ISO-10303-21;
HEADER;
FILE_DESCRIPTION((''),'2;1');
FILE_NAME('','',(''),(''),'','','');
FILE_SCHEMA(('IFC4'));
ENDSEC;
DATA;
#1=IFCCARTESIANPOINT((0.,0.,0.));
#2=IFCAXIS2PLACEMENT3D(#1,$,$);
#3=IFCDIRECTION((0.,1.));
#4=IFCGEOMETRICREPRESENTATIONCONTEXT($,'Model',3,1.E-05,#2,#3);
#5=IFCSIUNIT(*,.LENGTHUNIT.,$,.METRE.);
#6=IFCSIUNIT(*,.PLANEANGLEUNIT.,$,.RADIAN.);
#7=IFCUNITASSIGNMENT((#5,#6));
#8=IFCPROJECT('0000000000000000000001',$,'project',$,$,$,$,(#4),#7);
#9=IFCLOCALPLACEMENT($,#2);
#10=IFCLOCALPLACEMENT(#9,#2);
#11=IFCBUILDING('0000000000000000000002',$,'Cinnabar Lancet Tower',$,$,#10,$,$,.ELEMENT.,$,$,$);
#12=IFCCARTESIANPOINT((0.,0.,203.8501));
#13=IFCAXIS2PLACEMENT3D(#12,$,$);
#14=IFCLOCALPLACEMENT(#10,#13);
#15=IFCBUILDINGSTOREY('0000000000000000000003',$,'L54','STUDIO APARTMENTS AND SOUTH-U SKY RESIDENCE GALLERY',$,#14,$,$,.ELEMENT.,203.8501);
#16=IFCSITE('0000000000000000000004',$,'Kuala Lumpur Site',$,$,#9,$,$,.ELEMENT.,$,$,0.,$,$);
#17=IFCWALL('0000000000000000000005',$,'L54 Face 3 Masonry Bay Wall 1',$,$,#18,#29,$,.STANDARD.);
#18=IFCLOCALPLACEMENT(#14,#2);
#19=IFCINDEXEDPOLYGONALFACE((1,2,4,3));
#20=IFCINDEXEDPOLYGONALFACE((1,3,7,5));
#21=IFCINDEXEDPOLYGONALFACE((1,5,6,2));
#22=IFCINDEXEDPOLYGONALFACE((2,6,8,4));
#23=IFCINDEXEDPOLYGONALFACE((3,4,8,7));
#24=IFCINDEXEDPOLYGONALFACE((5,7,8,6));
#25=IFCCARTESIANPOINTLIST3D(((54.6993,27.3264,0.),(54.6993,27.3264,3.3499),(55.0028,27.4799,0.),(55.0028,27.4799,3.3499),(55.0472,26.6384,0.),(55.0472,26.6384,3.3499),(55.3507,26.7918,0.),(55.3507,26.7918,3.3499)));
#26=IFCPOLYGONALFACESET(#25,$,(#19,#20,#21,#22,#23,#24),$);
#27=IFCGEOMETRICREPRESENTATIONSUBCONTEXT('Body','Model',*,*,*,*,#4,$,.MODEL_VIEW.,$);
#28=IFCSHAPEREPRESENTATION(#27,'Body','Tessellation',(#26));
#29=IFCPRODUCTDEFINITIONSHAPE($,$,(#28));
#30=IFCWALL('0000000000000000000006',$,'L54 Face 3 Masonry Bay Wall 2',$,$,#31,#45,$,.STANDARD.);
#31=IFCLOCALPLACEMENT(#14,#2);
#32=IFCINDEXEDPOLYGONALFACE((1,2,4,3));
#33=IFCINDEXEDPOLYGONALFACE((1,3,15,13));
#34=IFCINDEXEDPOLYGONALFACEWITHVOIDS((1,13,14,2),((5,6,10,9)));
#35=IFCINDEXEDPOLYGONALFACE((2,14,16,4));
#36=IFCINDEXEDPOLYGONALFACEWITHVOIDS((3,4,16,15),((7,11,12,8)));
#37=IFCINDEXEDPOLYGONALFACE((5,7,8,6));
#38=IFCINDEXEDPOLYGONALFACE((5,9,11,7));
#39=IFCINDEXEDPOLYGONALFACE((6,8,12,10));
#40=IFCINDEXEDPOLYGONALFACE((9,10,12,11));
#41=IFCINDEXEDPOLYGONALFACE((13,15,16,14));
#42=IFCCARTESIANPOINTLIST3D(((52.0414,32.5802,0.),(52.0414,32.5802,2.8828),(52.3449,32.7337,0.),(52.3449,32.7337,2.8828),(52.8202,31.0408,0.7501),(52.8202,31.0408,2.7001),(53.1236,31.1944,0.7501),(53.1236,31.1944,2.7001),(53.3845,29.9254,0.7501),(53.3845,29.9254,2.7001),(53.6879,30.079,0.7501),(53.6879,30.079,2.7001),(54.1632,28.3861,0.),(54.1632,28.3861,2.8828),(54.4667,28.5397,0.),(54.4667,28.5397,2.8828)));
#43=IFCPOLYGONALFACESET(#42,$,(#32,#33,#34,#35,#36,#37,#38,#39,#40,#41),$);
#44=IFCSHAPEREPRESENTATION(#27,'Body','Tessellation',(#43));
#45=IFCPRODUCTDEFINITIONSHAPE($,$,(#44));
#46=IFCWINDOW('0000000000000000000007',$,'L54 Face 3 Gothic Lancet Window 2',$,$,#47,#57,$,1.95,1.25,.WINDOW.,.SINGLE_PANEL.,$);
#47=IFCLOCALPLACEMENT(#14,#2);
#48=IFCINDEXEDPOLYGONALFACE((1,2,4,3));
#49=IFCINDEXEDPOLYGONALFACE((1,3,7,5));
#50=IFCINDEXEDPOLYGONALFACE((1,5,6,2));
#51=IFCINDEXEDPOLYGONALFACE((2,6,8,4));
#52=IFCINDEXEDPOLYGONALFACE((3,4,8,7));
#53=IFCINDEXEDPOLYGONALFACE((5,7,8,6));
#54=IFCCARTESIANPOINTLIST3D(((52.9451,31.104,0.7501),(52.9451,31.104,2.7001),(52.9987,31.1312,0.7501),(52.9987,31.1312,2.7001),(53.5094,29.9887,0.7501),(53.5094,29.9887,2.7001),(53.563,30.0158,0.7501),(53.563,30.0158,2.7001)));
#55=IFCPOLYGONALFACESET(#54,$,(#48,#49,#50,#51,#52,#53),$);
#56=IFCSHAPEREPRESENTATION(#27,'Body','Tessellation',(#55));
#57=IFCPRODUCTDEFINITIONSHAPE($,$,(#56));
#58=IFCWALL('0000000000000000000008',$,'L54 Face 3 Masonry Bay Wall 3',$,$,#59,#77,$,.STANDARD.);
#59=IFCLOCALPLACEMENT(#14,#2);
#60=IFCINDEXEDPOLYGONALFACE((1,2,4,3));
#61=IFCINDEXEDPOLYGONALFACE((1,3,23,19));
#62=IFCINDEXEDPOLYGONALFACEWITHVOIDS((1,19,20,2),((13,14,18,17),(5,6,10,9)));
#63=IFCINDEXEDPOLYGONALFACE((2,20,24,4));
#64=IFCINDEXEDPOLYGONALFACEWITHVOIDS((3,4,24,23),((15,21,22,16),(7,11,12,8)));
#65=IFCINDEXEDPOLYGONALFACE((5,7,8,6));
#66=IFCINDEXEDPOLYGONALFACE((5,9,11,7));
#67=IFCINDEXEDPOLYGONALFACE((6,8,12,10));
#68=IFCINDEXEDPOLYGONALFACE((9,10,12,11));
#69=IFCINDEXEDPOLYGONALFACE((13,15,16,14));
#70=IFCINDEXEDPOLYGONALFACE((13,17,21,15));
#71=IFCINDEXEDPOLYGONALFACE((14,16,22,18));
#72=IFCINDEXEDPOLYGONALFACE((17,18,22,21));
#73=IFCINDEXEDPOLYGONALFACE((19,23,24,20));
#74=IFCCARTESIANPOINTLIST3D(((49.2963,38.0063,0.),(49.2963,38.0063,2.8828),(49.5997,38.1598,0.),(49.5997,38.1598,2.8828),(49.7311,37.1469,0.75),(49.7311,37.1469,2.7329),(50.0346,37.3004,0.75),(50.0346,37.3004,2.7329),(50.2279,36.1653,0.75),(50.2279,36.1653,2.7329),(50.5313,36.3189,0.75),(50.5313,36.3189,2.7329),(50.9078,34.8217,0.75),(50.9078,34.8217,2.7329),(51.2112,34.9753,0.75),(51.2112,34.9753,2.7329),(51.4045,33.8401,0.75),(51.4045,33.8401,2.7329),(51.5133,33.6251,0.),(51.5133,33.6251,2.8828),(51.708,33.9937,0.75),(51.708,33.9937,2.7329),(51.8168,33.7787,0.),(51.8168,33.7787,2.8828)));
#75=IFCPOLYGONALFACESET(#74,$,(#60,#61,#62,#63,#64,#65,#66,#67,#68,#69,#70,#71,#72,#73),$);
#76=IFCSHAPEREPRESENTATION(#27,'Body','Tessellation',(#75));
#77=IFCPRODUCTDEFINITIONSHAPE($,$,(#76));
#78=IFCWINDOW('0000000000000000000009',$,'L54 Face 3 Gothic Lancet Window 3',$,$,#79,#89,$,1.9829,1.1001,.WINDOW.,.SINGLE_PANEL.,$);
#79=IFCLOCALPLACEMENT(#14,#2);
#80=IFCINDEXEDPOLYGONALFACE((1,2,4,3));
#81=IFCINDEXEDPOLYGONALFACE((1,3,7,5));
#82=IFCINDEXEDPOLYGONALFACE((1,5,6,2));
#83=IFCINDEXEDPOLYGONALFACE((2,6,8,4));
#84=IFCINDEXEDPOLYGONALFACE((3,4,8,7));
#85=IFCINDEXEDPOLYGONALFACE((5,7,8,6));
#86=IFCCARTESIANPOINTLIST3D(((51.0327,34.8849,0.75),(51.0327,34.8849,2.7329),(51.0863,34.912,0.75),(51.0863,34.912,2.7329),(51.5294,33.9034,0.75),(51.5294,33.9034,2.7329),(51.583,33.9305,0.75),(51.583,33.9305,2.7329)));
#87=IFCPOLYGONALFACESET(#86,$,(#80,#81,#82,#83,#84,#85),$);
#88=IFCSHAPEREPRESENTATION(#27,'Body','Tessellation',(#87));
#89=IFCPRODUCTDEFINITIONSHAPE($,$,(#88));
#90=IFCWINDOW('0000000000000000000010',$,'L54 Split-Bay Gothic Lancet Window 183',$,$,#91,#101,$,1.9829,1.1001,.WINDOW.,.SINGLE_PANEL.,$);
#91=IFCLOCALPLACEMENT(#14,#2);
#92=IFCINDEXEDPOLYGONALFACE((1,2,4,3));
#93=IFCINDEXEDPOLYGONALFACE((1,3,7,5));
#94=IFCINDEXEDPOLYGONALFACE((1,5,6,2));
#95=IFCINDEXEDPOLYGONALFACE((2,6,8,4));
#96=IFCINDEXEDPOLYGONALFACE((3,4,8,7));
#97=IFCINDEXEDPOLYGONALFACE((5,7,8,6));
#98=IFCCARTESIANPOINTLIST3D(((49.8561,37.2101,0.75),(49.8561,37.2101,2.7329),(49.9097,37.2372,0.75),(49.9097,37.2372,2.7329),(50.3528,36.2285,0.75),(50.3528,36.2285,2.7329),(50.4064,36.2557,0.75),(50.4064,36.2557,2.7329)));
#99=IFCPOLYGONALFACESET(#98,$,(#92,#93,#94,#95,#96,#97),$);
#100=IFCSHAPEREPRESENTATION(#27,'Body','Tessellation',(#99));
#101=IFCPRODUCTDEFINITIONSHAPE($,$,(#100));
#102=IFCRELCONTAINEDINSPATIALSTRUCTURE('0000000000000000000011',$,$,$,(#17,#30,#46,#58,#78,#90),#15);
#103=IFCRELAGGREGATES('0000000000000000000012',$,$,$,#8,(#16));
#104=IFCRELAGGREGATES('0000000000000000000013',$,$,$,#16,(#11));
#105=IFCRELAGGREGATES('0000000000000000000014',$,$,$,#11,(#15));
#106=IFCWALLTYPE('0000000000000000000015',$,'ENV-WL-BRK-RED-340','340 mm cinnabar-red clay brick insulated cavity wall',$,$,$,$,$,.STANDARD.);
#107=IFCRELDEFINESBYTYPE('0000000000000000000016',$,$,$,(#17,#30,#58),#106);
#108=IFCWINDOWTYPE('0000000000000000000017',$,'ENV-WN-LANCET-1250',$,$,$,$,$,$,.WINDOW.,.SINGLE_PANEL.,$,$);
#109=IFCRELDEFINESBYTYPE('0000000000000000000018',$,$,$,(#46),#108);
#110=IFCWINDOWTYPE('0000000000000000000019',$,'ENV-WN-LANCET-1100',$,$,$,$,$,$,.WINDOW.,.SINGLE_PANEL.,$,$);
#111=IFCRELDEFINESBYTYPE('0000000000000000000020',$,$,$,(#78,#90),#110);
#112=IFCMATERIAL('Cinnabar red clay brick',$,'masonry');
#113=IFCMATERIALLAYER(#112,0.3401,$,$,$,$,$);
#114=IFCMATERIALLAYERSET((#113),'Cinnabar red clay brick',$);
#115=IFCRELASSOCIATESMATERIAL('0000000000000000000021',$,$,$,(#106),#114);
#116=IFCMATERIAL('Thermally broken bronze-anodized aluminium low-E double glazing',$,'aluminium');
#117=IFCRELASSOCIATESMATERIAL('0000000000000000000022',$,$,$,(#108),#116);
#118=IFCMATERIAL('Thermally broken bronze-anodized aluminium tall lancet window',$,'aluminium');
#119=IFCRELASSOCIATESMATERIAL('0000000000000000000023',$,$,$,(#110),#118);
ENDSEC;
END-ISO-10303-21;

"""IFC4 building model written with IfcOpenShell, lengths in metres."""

from ifc_helpers import new_model, si_unit, direction, frame, frame_2d, origin, place, context, subcontext, project, spatial, rectangle, extrude, material, layer, layer_set, type_object, element, fill, save


model = new_model("IFC4")

# Units and contexts
model_context = context("Model", 3, precision=1e-05, world=origin(), true_north=direction((0.0, 1.0)))
body_context = subcontext(model_context, "Body", "Model", "MODEL_VIEW")
ifc_project = project(units=[si_unit("LENGTHUNIT", "METRE"), si_unit("PLANEANGLEUNIT", "RADIAN")], contexts=[model_context])

# Site, building, storey
site_placement = place(None, origin())
site = spatial("IfcSite", under=ifc_project, at=site_placement, Name="Kuala Lumpur Site", CompositionType="ELEMENT", RefElevation=0.0)
building_placement = place(site_placement, origin())
building = spatial("IfcBuilding", under=site, at=building_placement, Name="Cinnabar Lancet Tower", CompositionType="ELEMENT")
storey_placement = place(building_placement, frame((0.0, 0.0, 203.8501)))
storey = spatial("IfcBuildingStorey", under=building, at=storey_placement, Name="L54", Description="STUDIO APARTMENTS AND SOUTH-U SKY RESIDENCE GALLERY", CompositionType="ELEMENT", Elevation=203.8501)

# Wall
ifc_material_1 = material(Name="Cinnabar red clay brick", Category="masonry")
ifc_layer_1 = layer(ifc_material_1, 0.3401)
ifc_layer_set_1 = layer_set([ifc_layer_1], Name="Cinnabar red clay brick")
wall_type_1 = type_object("IfcWallType", Name="ENV-WL-BRK-RED-340", Description="340 mm cinnabar-red clay brick insulated cavity wall", PredefinedType="STANDARD", material=ifc_layer_set_1)
wall_1_placement = place(storey_placement, frame((55.199, 26.7151, 0.0), z_axis=(0.0, 0.0, 1.0), x_axis=(-0.451262, 0.892391, 0.0)))
element("IfcWall", 1, at=wall_1_placement, inside=storey, type_object=wall_type_1, Name="L54 Face 3 Masonry Bay Wall 1", PredefinedType="STANDARD", context=body_context, shape_type="SweptSolid", body=[
    extrude(rectangle(XDim=0.771, YDim=0.3401, at=frame_2d((0.3855, 0.0))), origin(), (0.0, 0.0, 1.0), 3.3499),
])

# Wall, opening, window
wall_2_placement = place(storey_placement, frame((54.3149, 28.4629, 0.0), z_axis=(0.0, 0.0, 1.0), x_axis=(-0.451426, 0.892308, 0.0)))
wall_2 = element("IfcWall", 2, at=wall_2_placement, inside=storey, type_object=wall_type_1, Name="L54 Face 3 Masonry Bay Wall 2", PredefinedType="STANDARD", context=body_context, shape_type="SweptSolid", body=[
    extrude(rectangle(XDim=4.7002, YDim=0.3401, at=frame_2d((2.3501, 0.0))), origin(), (0.0, 0.0, 1.0), 2.8828),
])
opening_1_placement = place(wall_2_placement, frame((1.7251, 0.0, 0.75)))
opening_1 = element("IfcOpeningElement", 3, at=opening_1_placement, cuts=wall_2, PredefinedType="OPENING", context=body_context, shape_type="SweptSolid", body=[
    extrude(rectangle(XDim=1.25, YDim=1.95, at=frame_2d((0.625, 0.9751))), frame((0.0, 0.1799, 0.0), z_axis=(0.0, -1.0, 0.0), x_axis=(1.0, 0.0, 0.0)), (0.0, 0.0, 1.0), 0.3601),
])
ifc_material_2 = material(Name="Thermally broken bronze-anodized aluminium low-E double glazing", Category="aluminium")
window_type_1 = type_object("IfcWindowType", Name="ENV-WN-LANCET-1250", PartitioningType="SINGLE_PANEL", PredefinedType="WINDOW", material=ifc_material_2)
window_1_placement = place(opening_1_placement, origin())
window_1 = element("IfcWindow", 4, at=window_1_placement, inside=storey, type_object=window_type_1, Name="L54 Face 3 Gothic Lancet Window 2", OverallHeight=1.95, OverallWidth=1.25, PartitioningType="SINGLE_PANEL", PredefinedType="WINDOW", context=body_context, shape_type="SweptSolid", body=[
    extrude(rectangle(XDim=1.25, YDim=1.95, at=frame_2d((0.625, 0.9751))), frame((0.0, 0.03, 0.0), z_axis=(0.0, -1.0, 0.0), x_axis=(1.0, 0.0, 0.0)), (0.0, 0.0, 1.0), 0.0601),
])
fill(opening_1, window_1)

# Wall, openings, windows
wall_3_placement = place(storey_placement, frame((51.665, 33.7019, 0.0), z_axis=(0.0, 0.0, 1.0), x_axis=(-0.451524, 0.892259, 0.0)))
wall_3 = element("IfcWall", 5, at=wall_3_placement, inside=storey, type_object=wall_type_1, Name="L54 Face 3 Masonry Bay Wall 3", PredefinedType="STANDARD", context=body_context, shape_type="SweptSolid", body=[
    extrude(rectangle(XDim=4.9102, YDim=0.3401, at=frame_2d((2.4551, 0.0))), origin(), (0.0, 0.0, 1.0), 2.8828),
])
opening_2_placement = place(wall_3_placement, frame((0.241, 0.0, 0.75)))
opening_2 = element("IfcOpeningElement", 6, at=opening_2_placement, cuts=wall_3, PredefinedType="OPENING", context=body_context, shape_type="SweptSolid", body=[
    extrude(rectangle(XDim=1.1001, YDim=1.9829, at=frame_2d((0.55, 0.9915))), frame((0.0, 0.1799, 0.0), z_axis=(0.0, -1.0, 0.0), x_axis=(1.0, 0.0, 0.0)), (0.0, 0.0, 1.0), 0.3601),
])
opening_3_placement = place(wall_3_placement, frame((2.8469, 0.0, 0.75)))
opening_3 = element("IfcOpeningElement", 7, at=opening_3_placement, cuts=wall_3, PredefinedType="OPENING", context=body_context, shape_type="SweptSolid", body=[
    extrude(rectangle(XDim=1.1001, YDim=1.9829, at=frame_2d((0.55, 0.9915))), frame((0.0, 0.1799, 0.0), z_axis=(0.0, -1.0, 0.0), x_axis=(1.0, 0.0, 0.0)), (0.0, 0.0, 1.0), 0.3601),
])
ifc_material_3 = material(Name="Thermally broken bronze-anodized aluminium tall lancet window", Category="aluminium")
window_type_2 = type_object("IfcWindowType", Name="ENV-WN-LANCET-1100", PartitioningType="SINGLE_PANEL", PredefinedType="WINDOW", material=ifc_material_3)
window_2_placement = place(opening_2_placement, origin())
window_2 = element("IfcWindow", 8, at=window_2_placement, inside=storey, type_object=window_type_2, Name="L54 Face 3 Gothic Lancet Window 3", OverallHeight=1.9829, OverallWidth=1.1001, PartitioningType="SINGLE_PANEL", PredefinedType="WINDOW", context=body_context, shape_type="SweptSolid", body=[
    extrude(rectangle(XDim=1.1001, YDim=1.9829, at=frame_2d((0.55, 0.9915))), frame((0.0, 0.03, 0.0), z_axis=(0.0, -1.0, 0.0), x_axis=(1.0, 0.0, 0.0)), (0.0, 0.0, 1.0), 0.0601),
])
fill(opening_2, window_2)
window_3_placement = place(opening_3_placement, origin())
window_3 = element("IfcWindow", 9, at=window_3_placement, inside=storey, type_object=window_type_2, Name="L54 Split-Bay Gothic Lancet Window 183", OverallHeight=1.9829, OverallWidth=1.1001, PartitioningType="SINGLE_PANEL", PredefinedType="WINDOW", context=body_context, shape_type="SweptSolid", body=[
    extrude(rectangle(XDim=1.1001, YDim=1.9829, at=frame_2d((0.55, 0.9915))), frame((0.0, 0.03, 0.0), z_axis=(0.0, -1.0, 0.0), x_axis=(1.0, 0.0, 0.0)), (0.0, 0.0, 1.0), 0.0601),
])
fill(opening_3, window_3)

save(model, "model.ifc")
